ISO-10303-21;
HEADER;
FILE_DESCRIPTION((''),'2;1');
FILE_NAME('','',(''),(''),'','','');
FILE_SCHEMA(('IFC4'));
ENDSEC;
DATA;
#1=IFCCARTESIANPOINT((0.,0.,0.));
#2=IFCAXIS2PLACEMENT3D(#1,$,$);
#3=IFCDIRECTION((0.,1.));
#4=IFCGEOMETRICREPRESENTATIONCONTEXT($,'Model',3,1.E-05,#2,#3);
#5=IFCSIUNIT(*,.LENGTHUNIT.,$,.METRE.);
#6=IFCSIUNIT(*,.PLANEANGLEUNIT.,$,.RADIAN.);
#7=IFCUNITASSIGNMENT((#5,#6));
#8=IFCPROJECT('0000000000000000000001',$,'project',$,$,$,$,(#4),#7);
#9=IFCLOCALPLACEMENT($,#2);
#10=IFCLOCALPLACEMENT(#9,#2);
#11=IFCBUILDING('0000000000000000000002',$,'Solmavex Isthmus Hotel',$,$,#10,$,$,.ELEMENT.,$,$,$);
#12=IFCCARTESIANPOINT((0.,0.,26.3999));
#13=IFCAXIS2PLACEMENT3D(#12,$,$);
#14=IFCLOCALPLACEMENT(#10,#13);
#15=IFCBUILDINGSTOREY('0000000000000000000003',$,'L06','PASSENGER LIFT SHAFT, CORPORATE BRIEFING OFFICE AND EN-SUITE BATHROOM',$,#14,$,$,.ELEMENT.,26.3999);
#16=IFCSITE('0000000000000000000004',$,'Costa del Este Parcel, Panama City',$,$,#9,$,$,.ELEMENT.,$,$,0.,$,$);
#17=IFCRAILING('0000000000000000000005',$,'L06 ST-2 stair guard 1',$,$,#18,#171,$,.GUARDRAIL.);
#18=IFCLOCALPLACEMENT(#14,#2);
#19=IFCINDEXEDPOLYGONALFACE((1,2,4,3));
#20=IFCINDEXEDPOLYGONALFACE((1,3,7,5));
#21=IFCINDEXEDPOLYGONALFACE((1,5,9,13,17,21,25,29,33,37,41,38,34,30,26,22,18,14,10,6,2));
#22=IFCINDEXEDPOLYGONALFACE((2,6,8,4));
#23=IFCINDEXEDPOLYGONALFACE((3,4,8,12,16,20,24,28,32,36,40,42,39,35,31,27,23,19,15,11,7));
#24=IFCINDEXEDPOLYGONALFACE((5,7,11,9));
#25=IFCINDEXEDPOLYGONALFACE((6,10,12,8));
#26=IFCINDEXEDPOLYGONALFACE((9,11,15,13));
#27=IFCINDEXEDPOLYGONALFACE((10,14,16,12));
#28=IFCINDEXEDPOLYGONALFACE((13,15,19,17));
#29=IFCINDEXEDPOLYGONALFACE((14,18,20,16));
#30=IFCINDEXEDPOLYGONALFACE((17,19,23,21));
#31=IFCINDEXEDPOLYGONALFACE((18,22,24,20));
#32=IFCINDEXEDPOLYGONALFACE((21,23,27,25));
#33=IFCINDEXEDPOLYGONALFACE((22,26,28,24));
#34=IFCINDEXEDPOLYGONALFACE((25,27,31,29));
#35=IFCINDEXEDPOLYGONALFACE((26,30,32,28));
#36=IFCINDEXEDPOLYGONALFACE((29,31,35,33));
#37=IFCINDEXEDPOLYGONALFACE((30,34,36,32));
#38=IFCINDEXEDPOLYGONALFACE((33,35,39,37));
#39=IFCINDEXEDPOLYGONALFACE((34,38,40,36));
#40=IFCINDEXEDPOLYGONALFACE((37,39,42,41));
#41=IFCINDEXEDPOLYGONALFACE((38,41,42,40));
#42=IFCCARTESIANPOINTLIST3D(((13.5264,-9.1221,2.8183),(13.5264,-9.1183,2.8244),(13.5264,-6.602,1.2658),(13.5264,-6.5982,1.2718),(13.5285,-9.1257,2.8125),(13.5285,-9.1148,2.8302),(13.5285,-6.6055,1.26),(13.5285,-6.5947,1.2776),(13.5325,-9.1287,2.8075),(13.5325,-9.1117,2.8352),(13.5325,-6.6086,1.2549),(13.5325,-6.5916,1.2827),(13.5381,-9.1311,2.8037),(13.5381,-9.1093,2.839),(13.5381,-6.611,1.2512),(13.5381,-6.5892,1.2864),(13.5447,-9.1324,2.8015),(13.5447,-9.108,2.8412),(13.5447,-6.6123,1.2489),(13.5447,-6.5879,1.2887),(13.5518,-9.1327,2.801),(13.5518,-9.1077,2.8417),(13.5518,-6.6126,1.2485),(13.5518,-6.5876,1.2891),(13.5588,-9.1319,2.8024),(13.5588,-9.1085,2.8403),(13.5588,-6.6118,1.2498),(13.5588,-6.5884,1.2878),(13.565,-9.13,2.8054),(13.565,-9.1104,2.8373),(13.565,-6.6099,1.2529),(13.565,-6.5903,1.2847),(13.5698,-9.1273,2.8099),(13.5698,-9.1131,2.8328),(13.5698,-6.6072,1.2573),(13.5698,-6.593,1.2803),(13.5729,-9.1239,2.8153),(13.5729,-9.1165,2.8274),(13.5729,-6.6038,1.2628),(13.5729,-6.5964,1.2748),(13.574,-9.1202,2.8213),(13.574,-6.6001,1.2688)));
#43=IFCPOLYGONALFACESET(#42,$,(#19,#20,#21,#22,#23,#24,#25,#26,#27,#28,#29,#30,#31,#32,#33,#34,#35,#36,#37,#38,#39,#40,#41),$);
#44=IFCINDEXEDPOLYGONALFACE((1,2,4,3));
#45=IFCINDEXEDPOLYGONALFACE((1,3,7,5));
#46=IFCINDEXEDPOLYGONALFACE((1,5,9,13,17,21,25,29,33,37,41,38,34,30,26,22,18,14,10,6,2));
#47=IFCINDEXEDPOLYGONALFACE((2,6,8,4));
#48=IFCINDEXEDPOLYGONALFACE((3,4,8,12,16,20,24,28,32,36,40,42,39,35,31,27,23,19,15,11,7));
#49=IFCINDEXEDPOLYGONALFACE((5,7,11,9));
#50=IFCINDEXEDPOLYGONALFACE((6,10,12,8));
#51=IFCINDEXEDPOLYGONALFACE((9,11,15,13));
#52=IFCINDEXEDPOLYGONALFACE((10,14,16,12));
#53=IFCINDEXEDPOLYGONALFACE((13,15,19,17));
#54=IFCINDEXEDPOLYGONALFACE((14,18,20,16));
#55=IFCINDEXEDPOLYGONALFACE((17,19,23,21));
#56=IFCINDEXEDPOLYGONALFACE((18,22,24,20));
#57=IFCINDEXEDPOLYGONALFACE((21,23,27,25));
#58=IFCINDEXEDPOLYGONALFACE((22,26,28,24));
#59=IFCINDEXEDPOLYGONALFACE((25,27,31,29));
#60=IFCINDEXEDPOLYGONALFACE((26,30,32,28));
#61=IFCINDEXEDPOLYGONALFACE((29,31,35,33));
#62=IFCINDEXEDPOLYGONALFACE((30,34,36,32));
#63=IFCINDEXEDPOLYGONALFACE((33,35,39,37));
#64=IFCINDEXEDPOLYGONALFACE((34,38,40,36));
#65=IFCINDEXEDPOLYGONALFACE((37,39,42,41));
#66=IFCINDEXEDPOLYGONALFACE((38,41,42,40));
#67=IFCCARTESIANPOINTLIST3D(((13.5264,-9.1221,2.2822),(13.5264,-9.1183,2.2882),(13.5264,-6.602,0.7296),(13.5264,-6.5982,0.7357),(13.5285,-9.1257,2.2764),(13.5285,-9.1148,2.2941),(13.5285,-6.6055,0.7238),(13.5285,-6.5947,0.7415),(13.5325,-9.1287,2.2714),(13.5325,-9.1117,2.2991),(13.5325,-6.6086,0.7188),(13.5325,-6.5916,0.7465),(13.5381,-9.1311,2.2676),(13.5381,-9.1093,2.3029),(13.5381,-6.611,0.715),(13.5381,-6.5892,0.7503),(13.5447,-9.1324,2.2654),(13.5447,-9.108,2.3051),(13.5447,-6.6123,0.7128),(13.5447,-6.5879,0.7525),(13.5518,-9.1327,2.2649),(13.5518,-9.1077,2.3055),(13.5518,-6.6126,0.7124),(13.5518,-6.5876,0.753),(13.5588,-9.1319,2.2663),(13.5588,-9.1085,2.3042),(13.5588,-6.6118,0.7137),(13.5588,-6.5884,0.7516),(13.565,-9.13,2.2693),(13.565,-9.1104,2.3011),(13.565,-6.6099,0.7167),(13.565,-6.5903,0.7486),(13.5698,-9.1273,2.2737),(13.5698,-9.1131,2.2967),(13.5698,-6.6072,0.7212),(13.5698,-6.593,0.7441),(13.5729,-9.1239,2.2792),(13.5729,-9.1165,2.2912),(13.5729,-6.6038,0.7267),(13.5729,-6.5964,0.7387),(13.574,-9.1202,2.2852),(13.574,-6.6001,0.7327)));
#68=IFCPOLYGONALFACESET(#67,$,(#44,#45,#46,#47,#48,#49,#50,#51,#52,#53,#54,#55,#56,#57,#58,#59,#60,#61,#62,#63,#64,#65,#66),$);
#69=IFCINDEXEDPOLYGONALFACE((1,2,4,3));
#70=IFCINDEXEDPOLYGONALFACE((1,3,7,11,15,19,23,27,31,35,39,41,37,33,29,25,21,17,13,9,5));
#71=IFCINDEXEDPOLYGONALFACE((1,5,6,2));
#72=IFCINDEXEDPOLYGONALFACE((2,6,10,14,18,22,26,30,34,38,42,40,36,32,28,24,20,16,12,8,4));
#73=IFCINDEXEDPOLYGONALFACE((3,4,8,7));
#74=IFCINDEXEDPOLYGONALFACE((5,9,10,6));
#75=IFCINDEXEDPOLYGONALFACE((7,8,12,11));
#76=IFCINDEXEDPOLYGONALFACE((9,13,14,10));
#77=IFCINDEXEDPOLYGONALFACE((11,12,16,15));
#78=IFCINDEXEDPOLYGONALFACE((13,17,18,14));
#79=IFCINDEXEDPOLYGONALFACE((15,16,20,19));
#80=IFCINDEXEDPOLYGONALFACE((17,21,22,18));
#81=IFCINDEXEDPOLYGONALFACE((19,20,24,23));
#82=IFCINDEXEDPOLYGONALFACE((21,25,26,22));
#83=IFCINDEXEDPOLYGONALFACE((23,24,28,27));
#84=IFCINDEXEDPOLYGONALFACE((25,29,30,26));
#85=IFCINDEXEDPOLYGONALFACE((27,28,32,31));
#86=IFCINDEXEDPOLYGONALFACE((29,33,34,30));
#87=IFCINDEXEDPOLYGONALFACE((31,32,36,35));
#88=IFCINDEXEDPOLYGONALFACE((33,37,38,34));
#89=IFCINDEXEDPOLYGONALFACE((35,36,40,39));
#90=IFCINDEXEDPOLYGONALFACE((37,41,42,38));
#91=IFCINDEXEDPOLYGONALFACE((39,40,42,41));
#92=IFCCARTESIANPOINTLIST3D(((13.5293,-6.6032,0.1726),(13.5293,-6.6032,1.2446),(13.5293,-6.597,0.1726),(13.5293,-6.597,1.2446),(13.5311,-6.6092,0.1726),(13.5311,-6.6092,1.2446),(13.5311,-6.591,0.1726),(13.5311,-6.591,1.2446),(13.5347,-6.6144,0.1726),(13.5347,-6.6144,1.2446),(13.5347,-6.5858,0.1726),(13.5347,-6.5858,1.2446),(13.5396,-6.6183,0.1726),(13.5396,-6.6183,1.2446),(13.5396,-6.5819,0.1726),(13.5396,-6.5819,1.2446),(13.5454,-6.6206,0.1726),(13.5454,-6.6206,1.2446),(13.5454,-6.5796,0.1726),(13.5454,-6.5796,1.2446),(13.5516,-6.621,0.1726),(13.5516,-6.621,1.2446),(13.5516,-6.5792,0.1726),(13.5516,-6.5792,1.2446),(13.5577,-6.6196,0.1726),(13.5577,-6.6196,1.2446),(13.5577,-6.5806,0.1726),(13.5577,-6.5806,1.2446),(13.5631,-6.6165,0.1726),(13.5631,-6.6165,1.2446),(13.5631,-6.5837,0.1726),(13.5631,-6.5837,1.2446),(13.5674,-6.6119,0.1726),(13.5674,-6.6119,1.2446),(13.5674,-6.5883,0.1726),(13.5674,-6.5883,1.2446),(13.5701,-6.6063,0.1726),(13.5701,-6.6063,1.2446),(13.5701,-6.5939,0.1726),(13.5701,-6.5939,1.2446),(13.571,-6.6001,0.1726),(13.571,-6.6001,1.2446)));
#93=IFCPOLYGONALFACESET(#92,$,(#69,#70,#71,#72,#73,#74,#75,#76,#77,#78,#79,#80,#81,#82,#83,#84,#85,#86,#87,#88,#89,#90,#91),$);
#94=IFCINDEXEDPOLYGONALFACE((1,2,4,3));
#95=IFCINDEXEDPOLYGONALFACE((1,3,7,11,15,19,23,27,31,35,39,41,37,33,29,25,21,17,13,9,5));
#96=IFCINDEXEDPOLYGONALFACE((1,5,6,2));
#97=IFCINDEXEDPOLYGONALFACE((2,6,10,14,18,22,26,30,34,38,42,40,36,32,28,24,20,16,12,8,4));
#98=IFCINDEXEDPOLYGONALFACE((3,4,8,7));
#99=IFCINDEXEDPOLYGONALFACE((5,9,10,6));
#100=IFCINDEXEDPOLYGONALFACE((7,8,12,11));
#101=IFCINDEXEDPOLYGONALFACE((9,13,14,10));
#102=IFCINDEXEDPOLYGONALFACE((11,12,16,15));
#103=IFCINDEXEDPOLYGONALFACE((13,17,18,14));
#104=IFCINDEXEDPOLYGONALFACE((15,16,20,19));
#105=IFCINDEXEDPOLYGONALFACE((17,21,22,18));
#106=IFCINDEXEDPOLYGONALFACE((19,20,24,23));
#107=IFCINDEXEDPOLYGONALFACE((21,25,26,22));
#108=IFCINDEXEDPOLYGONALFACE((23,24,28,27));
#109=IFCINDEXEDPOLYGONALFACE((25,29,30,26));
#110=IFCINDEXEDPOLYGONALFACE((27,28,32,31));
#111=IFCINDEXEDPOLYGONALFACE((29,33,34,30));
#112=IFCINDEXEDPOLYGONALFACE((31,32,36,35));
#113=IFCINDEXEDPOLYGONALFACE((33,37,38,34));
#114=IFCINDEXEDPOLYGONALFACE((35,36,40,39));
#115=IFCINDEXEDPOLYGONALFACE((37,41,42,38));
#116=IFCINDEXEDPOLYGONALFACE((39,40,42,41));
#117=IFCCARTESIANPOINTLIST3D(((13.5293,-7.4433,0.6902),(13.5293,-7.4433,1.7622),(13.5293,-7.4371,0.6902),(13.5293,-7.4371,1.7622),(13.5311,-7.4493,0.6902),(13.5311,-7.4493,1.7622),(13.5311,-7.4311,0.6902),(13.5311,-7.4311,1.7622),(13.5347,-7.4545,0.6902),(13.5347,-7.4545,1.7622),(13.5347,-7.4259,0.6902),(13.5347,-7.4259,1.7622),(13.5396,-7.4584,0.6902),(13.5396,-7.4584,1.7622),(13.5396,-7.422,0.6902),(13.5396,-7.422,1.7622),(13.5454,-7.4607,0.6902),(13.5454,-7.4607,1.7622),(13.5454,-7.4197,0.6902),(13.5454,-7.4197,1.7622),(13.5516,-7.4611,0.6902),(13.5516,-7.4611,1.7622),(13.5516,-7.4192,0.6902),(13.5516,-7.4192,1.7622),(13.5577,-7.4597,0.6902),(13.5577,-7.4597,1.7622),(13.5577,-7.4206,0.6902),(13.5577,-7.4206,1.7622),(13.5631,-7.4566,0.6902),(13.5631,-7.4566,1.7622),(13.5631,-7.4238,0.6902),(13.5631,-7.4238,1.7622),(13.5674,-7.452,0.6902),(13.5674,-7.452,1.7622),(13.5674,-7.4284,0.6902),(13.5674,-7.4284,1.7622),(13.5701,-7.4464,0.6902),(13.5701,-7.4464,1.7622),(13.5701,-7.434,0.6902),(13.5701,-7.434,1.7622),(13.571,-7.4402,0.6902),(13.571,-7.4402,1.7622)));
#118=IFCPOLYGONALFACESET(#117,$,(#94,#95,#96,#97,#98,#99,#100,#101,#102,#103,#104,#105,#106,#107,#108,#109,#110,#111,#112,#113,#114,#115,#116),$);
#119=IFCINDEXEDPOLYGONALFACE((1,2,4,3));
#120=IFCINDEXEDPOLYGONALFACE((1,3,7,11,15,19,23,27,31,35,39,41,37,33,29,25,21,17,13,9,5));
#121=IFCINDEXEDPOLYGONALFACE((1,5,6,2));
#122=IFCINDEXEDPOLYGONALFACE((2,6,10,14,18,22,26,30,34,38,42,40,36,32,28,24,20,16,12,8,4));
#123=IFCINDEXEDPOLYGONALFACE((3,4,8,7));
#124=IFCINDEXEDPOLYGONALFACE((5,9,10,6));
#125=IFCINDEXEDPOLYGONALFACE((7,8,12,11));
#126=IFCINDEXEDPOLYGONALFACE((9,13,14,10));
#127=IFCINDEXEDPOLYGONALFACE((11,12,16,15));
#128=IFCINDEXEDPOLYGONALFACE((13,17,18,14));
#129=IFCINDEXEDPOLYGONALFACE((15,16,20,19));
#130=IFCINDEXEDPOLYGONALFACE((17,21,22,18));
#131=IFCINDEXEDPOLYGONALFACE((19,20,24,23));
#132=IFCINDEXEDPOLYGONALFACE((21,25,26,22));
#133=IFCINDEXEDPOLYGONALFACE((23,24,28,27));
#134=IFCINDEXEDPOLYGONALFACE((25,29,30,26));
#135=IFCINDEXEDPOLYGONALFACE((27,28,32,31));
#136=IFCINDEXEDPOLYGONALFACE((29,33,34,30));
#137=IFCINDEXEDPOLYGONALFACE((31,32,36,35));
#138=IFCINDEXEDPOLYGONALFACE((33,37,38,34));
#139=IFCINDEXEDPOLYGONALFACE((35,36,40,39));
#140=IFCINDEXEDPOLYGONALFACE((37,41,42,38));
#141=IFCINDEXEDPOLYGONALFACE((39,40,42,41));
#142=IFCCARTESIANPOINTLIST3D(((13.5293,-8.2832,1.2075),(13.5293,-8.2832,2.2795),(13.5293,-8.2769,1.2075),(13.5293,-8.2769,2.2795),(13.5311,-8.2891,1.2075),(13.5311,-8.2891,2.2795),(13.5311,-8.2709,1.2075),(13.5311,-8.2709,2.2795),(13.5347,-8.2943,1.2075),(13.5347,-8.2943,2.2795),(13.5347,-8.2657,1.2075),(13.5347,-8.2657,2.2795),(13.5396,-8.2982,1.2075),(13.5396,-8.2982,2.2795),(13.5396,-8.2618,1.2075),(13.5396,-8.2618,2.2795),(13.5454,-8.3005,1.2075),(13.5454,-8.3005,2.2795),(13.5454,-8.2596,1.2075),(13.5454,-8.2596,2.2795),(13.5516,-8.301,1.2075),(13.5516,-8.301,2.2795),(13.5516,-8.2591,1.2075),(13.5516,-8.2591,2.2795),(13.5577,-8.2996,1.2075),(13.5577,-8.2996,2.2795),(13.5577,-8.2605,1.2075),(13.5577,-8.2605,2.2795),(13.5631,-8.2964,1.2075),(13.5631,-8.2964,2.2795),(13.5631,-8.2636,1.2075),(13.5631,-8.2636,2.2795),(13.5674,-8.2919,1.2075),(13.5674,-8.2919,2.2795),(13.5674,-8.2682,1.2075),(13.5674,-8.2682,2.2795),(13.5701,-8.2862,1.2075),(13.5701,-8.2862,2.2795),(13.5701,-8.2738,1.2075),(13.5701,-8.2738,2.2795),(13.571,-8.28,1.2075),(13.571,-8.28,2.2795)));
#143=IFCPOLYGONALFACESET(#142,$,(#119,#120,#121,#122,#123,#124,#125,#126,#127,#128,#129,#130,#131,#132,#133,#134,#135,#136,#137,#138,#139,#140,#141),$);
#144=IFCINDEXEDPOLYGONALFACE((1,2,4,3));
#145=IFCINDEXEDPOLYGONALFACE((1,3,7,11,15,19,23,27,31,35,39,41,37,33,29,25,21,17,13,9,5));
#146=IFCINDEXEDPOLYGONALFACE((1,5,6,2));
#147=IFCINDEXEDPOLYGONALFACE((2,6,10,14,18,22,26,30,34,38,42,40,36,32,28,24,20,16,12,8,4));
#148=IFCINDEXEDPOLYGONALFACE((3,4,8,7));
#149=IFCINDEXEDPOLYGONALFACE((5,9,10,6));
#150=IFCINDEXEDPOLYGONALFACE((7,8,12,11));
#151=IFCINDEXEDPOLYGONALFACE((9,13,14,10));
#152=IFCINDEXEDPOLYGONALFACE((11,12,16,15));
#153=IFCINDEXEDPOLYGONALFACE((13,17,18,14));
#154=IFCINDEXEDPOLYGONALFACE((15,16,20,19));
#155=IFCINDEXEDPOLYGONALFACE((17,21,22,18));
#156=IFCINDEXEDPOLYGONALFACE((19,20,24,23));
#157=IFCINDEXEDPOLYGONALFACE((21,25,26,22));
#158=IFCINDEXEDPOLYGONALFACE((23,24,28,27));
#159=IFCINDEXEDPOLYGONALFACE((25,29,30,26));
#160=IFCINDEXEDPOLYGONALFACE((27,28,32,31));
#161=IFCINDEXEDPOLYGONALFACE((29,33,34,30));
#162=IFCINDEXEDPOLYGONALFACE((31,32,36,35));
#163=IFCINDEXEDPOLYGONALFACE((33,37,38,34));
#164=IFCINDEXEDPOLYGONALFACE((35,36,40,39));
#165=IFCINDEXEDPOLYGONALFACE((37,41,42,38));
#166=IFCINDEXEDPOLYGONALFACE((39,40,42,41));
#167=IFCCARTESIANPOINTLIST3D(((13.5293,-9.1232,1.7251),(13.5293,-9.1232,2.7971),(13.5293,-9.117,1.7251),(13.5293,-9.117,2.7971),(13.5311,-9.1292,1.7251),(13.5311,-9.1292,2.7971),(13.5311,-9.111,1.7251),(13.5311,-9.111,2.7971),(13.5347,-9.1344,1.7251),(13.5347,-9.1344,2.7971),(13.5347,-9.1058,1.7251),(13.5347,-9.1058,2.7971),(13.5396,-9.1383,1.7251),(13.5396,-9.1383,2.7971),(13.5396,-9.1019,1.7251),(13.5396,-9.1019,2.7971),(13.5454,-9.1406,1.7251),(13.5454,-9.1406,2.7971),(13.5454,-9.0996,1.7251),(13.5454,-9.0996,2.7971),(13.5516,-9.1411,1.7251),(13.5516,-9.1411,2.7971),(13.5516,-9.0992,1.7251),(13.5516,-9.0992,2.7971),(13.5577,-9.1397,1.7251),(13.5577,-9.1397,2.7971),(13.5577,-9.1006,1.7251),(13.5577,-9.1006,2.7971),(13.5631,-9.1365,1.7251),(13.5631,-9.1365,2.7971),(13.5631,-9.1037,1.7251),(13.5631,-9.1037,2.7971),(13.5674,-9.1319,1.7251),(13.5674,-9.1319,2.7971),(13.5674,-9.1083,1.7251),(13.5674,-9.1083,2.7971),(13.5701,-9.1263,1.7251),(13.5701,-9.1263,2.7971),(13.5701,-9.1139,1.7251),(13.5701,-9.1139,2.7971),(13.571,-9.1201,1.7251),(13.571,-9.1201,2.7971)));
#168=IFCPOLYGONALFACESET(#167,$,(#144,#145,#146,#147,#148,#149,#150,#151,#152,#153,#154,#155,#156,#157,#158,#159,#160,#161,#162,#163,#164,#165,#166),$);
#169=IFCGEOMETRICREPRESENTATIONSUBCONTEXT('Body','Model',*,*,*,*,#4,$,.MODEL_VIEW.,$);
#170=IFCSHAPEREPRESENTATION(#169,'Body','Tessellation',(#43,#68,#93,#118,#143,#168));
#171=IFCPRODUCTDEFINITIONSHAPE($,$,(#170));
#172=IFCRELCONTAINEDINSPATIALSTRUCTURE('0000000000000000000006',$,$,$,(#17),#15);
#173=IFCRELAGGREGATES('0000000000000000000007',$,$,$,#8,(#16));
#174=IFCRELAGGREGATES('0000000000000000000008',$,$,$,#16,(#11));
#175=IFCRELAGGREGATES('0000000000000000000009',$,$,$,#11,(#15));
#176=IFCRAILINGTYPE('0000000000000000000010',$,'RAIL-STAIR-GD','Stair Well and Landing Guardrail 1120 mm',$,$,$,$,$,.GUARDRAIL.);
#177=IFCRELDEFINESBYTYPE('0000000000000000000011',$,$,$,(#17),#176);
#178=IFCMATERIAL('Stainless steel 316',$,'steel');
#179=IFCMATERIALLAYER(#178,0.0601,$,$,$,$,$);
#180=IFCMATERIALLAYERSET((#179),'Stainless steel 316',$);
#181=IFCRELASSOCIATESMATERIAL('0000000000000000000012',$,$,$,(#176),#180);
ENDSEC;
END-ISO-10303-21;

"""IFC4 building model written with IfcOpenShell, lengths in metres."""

from ifc_helpers import new_model, si_unit, direction, frame, origin, origin_2d, place, context, subcontext, project, spatial, circle, extrude, material, layer, layer_set, type_object, element, save


model = new_model("IFC4")

# Units and contexts
model_context = context("Model", 3, precision=1e-05, world=origin(), true_north=direction((0.0, 1.0)))
body_context = subcontext(model_context, "Body", "Model", "MODEL_VIEW")
ifc_project = project(units=[si_unit("LENGTHUNIT", "METRE"), si_unit("PLANEANGLEUNIT", "RADIAN")], contexts=[model_context])

# Site, building, storey
site_placement = place(None, origin())
site = spatial("IfcSite", under=ifc_project, at=site_placement, Name="Costa del Este Parcel, Panama City", CompositionType="ELEMENT", RefElevation=0.0)
building_placement = place(site_placement, origin())
building = spatial("IfcBuilding", under=site, at=building_placement, Name="Solmavex Isthmus Hotel", CompositionType="ELEMENT")
storey_placement = place(building_placement, frame((0.0, 0.0, 26.3999)))
storey = spatial("IfcBuildingStorey", under=building, at=storey_placement, Name="L06", Description="PASSENGER LIFT SHAFT, CORPORATE BRIEFING OFFICE AND EN-SUITE BATHROOM", CompositionType="ELEMENT", Elevation=26.3999)

# Railing
ifc_material_1 = material(Name="Stainless steel 316", Category="steel")
ifc_layer_1 = layer(ifc_material_1, 0.0601)
ifc_layer_set_1 = layer_set([ifc_layer_1], Name="Stainless steel 316")
railing_type_1 = type_object("IfcRailingType", Name="RAIL-STAIR-GD", Description="Stair Well and Landing Guardrail 1120 mm", PredefinedType="GUARDRAIL", material=ifc_layer_set_1)
railing_1_placement = place(storey_placement, frame((13.55, -6.6001, 0.1726)))
element("IfcRailing", 1, at=railing_1_placement, inside=storey, type_object=railing_type_1, Name="L06 ST-2 stair guard 1", PredefinedType="GUARDRAIL", context=body_context, shape_type="SweptSolid", body=[
    extrude(circle(Radius=0.0239, at=origin_2d()), frame((0.0, 0.0, 1.0962), z_axis=(0.0, -0.8514, 0.524516), x_axis=(1.0, 0.0, 0.0)), (0.0, 0.0, 1.0), 2.96),
    extrude(circle(Radius=0.0239, at=origin_2d()), frame((0.0, 0.0, 0.5601), z_axis=(0.0, -0.8514, 0.524516), x_axis=(1.0, 0.0, 0.0)), (0.0, 0.0, 1.0), 2.96),
    extrude(circle(Radius=0.021, at=origin_2d()), origin(), (0.0, 0.0, 1.0), 1.072),
    extrude(circle(Radius=0.021, at=origin_2d()), frame((0.0, -0.8401, 0.5176)), (0.0, 0.0, 1.0), 1.072),
    extrude(circle(Radius=0.021, at=origin_2d()), frame((0.0, -1.6799, 1.0349)), (0.0, 0.0, 1.0), 1.072),
    extrude(circle(Radius=0.021, at=origin_2d()), frame((0.0, -2.52, 1.5525)), (0.0, 0.0, 1.0), 1.072),
])

save(model, "model.ifc")
